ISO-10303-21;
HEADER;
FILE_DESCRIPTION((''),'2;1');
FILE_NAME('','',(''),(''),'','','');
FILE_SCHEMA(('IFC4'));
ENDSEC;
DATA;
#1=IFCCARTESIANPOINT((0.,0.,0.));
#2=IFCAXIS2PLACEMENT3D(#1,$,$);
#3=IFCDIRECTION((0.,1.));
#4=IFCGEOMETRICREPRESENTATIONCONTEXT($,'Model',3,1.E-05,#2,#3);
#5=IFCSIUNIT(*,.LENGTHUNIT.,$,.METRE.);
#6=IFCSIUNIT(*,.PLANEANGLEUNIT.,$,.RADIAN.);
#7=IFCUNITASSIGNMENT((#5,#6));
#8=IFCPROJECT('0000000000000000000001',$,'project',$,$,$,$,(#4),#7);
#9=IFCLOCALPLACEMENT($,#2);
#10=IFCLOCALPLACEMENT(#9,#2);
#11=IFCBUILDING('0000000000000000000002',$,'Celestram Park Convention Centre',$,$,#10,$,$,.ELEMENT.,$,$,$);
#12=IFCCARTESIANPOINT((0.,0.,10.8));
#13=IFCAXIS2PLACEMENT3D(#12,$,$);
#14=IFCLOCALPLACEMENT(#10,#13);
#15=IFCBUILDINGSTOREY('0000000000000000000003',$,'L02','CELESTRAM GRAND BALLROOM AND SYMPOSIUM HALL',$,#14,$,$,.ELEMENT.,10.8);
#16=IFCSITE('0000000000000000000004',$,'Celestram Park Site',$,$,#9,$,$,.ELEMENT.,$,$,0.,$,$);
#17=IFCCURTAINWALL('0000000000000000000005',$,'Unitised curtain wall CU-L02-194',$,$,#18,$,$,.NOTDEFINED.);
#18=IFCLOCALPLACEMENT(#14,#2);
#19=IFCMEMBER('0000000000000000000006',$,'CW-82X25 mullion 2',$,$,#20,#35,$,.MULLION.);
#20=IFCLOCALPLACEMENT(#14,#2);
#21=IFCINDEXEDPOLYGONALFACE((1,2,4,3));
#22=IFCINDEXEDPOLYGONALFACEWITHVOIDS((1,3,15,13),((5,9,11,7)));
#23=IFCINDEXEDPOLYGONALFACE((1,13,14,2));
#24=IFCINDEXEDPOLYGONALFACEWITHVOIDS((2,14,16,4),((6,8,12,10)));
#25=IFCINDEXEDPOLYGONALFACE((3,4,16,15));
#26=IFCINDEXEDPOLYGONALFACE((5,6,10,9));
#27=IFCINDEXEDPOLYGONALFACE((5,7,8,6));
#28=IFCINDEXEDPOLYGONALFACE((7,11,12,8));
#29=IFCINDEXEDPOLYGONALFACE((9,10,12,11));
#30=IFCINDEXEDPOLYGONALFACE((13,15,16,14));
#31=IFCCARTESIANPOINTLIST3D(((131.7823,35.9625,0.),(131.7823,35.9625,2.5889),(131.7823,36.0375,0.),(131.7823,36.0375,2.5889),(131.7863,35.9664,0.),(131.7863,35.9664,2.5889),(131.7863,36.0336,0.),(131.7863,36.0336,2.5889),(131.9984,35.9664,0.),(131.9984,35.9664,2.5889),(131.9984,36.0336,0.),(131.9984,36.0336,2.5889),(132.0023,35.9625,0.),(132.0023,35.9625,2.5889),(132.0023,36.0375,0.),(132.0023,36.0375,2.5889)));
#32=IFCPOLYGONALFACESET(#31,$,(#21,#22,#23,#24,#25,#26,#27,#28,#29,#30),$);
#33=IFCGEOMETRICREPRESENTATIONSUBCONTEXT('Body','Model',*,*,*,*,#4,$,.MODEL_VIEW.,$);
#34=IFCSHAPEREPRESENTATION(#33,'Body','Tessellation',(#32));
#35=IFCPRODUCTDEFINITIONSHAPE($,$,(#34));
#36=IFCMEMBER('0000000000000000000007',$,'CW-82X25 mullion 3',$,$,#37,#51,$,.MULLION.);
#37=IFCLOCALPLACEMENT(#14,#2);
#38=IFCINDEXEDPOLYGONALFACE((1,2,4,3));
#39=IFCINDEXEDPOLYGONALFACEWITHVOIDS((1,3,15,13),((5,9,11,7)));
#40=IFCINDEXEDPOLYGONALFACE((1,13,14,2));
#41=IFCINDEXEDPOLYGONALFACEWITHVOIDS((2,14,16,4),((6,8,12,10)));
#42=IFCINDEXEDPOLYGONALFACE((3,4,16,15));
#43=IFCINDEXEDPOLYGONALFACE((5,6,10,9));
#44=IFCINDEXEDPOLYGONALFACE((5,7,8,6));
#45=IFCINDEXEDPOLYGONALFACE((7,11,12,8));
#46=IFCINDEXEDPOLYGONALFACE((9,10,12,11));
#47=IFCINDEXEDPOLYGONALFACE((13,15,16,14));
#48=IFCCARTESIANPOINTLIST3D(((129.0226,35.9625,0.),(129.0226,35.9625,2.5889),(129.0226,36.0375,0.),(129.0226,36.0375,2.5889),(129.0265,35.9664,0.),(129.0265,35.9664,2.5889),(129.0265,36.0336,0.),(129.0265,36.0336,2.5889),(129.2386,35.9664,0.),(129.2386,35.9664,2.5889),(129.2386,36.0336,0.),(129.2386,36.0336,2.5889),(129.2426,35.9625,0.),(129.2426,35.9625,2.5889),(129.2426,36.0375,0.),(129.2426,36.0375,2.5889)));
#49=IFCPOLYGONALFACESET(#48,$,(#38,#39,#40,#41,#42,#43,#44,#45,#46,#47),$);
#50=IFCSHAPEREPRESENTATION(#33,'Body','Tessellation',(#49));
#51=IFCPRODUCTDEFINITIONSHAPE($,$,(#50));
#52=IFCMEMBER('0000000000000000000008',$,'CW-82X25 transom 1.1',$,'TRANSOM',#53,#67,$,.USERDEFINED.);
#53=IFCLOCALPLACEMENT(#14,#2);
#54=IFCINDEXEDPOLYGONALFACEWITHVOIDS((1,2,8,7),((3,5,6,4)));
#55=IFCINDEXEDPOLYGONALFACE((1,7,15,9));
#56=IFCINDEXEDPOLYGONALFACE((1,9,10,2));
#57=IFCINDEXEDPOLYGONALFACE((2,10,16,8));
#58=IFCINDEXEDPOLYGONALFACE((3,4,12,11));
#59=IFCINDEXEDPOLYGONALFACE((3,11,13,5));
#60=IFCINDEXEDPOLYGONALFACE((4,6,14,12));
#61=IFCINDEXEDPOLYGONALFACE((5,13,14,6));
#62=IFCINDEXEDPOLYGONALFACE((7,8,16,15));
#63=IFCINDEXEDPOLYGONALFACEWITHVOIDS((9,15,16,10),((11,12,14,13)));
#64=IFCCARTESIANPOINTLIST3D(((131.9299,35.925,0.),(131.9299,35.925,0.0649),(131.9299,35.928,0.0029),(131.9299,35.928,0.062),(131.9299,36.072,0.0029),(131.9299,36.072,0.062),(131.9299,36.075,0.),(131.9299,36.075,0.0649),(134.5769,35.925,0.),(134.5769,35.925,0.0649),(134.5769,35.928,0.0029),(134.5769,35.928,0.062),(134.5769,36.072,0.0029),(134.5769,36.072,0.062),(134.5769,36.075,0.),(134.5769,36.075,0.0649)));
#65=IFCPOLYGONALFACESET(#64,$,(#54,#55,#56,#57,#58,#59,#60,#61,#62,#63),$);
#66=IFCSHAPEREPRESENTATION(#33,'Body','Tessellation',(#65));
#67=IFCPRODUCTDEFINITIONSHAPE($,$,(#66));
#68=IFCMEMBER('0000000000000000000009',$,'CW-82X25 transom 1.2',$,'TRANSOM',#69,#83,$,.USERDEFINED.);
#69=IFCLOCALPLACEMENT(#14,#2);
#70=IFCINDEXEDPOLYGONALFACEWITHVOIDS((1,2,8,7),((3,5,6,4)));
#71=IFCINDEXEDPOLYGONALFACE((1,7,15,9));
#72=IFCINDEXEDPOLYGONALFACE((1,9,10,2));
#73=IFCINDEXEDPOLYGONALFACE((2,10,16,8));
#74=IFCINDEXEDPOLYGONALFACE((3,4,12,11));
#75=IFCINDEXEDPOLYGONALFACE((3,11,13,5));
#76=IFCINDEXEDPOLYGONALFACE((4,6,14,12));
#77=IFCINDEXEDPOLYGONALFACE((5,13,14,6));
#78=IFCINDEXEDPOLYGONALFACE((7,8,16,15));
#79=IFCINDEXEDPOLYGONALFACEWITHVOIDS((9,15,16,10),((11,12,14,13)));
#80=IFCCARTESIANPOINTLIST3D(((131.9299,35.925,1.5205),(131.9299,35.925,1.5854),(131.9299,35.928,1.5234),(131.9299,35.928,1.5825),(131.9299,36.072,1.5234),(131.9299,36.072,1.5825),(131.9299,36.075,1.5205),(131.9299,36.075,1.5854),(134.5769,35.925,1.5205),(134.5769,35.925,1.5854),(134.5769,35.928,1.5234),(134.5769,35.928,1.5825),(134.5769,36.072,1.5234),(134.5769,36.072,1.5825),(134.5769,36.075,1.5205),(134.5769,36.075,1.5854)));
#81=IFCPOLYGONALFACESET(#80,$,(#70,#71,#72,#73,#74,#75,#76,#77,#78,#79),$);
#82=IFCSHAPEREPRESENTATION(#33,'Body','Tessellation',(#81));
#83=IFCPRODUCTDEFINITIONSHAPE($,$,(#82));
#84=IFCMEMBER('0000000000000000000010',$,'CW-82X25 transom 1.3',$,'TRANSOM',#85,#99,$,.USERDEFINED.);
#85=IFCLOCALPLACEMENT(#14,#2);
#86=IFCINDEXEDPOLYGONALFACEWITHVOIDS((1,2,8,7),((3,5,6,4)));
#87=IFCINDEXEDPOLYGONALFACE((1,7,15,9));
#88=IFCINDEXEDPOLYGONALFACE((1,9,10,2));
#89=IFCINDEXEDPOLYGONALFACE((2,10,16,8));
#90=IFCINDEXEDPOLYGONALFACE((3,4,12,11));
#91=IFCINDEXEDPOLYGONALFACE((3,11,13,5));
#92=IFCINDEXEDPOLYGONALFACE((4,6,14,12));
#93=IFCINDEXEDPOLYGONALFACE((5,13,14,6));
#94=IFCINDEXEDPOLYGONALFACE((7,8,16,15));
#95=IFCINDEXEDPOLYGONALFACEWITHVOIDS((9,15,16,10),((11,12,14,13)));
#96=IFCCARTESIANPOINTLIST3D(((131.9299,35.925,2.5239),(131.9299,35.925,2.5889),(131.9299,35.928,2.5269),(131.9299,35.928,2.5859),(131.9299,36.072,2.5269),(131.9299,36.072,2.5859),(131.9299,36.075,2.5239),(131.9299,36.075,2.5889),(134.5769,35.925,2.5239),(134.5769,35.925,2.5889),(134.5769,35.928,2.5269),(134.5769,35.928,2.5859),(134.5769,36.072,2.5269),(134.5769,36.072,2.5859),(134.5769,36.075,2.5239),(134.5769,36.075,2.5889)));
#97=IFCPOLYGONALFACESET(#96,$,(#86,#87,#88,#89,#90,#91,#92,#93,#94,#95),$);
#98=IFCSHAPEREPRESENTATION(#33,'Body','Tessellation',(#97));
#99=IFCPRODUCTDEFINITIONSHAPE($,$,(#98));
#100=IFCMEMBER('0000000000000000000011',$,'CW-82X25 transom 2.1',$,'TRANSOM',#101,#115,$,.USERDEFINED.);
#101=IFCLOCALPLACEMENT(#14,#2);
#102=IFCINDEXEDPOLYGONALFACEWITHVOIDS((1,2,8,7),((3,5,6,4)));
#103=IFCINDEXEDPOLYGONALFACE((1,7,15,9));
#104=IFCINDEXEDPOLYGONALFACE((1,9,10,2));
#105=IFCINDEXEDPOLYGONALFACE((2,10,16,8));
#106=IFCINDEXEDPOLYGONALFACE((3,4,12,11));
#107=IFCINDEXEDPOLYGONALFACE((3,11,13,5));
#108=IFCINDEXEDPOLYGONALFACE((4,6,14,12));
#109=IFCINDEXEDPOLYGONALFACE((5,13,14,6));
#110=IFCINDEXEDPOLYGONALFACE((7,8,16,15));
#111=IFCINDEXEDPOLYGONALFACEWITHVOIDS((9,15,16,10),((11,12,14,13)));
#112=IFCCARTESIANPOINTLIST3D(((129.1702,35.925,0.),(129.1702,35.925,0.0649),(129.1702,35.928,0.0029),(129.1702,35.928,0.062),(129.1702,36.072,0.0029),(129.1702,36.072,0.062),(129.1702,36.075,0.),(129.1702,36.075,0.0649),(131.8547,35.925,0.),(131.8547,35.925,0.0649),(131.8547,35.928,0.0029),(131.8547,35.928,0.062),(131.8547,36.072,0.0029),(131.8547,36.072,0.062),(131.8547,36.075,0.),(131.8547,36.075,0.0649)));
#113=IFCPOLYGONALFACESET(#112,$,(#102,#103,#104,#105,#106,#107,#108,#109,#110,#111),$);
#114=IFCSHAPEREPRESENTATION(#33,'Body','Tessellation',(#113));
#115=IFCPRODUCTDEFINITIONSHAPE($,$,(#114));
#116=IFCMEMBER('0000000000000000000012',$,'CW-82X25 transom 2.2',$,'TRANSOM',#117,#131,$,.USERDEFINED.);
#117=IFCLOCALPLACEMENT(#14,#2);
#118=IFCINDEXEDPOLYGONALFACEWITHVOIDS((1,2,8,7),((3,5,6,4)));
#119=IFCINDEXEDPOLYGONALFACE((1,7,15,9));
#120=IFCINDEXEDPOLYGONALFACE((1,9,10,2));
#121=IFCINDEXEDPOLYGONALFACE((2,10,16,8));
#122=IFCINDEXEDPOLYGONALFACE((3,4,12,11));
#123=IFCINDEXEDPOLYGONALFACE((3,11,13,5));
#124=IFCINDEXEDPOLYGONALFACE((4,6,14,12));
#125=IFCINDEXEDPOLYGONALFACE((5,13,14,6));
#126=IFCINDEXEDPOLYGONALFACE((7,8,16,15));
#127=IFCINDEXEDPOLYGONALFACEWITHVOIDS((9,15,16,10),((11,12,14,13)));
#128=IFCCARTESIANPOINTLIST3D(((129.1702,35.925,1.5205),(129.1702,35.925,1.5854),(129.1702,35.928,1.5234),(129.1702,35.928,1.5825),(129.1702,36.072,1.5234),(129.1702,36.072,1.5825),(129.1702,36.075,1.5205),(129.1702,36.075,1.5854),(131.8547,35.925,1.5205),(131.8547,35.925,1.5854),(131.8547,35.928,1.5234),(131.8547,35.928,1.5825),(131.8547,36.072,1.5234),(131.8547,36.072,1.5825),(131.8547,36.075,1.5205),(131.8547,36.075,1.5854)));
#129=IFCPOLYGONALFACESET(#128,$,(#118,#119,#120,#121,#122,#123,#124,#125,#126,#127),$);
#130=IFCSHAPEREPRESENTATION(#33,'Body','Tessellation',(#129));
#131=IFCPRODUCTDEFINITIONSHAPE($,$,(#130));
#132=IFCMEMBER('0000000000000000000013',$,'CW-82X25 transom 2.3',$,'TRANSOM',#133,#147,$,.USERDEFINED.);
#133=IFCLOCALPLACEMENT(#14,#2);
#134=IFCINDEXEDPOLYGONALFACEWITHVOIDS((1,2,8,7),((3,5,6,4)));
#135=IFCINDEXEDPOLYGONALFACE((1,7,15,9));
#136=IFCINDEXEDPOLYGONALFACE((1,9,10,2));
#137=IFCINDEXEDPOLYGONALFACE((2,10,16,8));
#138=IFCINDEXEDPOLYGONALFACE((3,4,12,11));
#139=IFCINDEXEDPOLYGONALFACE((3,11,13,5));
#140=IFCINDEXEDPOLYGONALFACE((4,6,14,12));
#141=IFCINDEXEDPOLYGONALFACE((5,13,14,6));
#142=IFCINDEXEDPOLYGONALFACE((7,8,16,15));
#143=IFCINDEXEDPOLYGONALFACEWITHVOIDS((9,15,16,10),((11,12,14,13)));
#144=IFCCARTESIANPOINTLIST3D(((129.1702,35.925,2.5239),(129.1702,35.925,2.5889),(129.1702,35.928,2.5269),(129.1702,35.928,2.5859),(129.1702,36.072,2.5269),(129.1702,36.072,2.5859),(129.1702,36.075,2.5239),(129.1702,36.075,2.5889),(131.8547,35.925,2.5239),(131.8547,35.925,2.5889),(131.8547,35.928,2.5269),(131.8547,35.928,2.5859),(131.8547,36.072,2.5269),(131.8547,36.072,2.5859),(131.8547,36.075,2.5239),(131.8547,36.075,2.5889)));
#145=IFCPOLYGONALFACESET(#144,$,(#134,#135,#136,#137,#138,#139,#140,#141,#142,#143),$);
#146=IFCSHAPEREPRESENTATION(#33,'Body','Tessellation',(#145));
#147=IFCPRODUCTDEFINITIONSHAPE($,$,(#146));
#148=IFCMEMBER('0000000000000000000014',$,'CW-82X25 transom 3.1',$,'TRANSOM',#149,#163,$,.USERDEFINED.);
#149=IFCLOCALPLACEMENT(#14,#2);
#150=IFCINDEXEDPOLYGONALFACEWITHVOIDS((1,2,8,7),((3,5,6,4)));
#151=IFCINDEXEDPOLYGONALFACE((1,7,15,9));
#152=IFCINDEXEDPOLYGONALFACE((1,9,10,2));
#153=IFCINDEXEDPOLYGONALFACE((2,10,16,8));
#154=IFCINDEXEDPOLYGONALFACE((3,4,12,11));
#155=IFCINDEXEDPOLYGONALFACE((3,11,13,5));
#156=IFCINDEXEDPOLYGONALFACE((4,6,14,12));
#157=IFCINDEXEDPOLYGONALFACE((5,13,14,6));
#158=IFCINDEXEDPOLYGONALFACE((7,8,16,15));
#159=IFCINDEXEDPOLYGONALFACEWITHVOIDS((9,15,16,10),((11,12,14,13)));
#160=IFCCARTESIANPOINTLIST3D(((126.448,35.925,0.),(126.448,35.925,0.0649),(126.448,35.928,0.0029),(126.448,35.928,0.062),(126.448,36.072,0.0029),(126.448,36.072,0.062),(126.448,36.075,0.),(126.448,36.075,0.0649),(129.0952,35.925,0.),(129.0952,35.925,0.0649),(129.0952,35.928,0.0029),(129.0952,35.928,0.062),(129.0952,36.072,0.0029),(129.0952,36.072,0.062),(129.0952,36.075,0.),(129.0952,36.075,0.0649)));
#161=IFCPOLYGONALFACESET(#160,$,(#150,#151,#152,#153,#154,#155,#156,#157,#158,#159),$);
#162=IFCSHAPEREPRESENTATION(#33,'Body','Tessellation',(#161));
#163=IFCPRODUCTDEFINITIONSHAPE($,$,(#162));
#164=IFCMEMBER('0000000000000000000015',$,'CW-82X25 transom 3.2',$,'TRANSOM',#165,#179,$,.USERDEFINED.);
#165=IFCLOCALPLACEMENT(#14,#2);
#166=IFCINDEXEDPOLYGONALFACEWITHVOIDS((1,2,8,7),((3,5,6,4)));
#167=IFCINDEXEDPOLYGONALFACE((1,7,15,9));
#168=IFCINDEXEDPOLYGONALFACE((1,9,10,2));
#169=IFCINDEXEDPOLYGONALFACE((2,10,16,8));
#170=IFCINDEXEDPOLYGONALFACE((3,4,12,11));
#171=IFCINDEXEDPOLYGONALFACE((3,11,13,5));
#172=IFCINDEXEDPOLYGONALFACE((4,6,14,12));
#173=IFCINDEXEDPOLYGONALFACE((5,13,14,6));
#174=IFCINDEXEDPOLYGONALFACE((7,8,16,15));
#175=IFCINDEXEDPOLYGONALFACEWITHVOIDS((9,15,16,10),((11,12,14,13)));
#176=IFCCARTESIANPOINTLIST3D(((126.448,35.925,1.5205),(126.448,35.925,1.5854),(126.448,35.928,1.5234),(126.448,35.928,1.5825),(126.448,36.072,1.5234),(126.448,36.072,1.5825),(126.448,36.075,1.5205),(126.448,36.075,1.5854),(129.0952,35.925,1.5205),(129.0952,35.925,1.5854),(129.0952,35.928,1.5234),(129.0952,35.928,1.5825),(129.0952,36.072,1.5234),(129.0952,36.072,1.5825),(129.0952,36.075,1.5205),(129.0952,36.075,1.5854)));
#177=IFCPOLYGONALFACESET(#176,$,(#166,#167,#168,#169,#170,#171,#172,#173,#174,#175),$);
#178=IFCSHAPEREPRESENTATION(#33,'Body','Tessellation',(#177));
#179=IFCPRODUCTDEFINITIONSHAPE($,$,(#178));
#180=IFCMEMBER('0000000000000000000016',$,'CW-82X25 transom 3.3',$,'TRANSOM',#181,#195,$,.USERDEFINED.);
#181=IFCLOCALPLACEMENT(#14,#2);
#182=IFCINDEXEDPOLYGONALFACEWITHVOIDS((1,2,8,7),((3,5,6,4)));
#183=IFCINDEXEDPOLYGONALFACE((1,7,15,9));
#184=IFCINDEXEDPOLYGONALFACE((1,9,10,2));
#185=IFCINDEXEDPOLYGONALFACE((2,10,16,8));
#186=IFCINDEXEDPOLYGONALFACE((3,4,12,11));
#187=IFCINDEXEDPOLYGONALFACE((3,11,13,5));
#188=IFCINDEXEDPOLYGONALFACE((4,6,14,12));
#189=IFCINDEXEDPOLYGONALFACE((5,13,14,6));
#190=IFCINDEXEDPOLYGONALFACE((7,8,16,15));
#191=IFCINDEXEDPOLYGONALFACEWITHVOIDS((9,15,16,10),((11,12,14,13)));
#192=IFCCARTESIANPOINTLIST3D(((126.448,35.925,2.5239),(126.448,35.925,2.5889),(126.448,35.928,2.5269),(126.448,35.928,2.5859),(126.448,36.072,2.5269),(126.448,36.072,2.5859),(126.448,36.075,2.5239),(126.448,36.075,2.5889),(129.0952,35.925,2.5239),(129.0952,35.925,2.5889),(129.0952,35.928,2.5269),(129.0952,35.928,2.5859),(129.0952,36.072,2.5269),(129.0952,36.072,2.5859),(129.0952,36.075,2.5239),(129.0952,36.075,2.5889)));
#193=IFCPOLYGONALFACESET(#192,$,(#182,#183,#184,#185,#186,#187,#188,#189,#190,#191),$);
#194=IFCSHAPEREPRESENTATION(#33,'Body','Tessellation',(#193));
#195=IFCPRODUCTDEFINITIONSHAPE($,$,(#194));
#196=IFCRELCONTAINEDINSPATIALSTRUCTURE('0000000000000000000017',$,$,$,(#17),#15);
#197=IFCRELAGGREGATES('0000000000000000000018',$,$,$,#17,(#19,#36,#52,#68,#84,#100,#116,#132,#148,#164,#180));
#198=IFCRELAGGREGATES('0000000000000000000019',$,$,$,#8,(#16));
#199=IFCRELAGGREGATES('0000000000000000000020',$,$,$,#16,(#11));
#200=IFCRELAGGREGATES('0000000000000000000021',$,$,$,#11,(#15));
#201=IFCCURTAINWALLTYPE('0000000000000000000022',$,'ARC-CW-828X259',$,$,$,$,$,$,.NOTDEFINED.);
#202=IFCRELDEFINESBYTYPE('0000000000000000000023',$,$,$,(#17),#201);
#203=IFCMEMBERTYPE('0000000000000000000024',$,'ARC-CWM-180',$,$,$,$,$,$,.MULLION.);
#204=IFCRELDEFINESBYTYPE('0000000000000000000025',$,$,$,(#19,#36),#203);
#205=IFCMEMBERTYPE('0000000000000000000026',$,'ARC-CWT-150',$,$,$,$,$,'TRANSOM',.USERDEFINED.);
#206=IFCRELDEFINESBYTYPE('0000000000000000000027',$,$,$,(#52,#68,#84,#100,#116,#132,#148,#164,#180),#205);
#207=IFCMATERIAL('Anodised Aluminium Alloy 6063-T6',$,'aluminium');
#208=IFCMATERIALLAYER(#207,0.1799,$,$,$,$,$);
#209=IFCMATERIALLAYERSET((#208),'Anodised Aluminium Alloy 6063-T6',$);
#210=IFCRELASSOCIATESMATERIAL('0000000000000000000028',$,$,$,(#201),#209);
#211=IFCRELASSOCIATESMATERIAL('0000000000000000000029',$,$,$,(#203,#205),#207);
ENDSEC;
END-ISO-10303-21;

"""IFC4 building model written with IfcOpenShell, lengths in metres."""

from ifc_helpers import new_model, si_unit, direction, frame, origin, origin_2d, place, context, subcontext, project, spatial, hollow_rectangle, extrude, material, layer, layer_set, material_profile, profile_set, type_object, element, aggregate, save


model = new_model("IFC4")

# Units and contexts
model_context = context("Model", 3, precision=1e-05, world=origin(), true_north=direction((0.0, 1.0)))
body_context = subcontext(model_context, "Body", "Model", "MODEL_VIEW")
ifc_project = project(units=[si_unit("LENGTHUNIT", "METRE"), si_unit("PLANEANGLEUNIT", "RADIAN")], contexts=[model_context])

# Site, building, storey
site_placement = place(None, origin())
site = spatial("IfcSite", under=ifc_project, at=site_placement, Name="Celestram Park Site", CompositionType="ELEMENT", RefElevation=0.0)
building_placement = place(site_placement, origin())
building = spatial("IfcBuilding", under=site, at=building_placement, Name="Celestram Park Convention Centre", CompositionType="ELEMENT")
storey_placement = place(building_placement, frame((0.0, 0.0, 10.8)))
storey = spatial("IfcBuildingStorey", under=building, at=storey_placement, Name="L02", Description="CELESTRAM GRAND BALLROOM AND SYMPOSIUM HALL", CompositionType="ELEMENT", Elevation=10.8)

# Curtain wall, members
ifc_material_1 = material(Name="Anodised Aluminium Alloy 6063-T6", Category="aluminium")
ifc_layer_1 = layer(ifc_material_1, 0.1799)
ifc_layer_set_1 = layer_set([ifc_layer_1], Name="Anodised Aluminium Alloy 6063-T6")
curtain_wall_type = type_object("IfcCurtainWallType", Name="ARC-CW-828X259", PredefinedType="NOTDEFINED", material=ifc_layer_set_1)
curtain_wall_placement = place(storey_placement, origin())
curtain_wall = element("IfcCurtainWall", 1, at=curtain_wall_placement, inside=storey, type_object=curtain_wall_type, Name="Unitised curtain wall CU-L02-194", PredefinedType="NOTDEFINED")
ifc_material_profile_1 = material_profile(ifc_material_1, hollow_rectangle(XDim=0.075, YDim=0.22, WallThickness=0.0039, at=origin_2d()), Name="ALU75X220X4")
ifc_profile_set_1 = profile_set([ifc_material_profile_1], Name="Anodised Aluminium Alloy 6063-T6")
member_type_1 = type_object("IfcMemberType", Name="ARC-CWM-180", PredefinedType="MULLION", material=ifc_profile_set_1)
member_1_placement = place(storey_placement, frame((131.8923, 36.0, 0.0), z_axis=(0.0, 0.0, 1.0), x_axis=(0.0, -1.0, 0.0)))
member_1 = element("IfcMember", 2, at=member_1_placement, type_object=member_type_1, Name="CW-82X25 mullion 2", PredefinedType="MULLION", context=body_context, shape_type="SweptSolid", body=[
    extrude(hollow_rectangle(XDim=0.075, YDim=0.22, WallThickness=0.0039, at=origin_2d()), origin(), (0.0, 0.0, 1.0), 2.5889),
])
member_2_placement = place(storey_placement, frame((129.1326, 36.0, 0.0), z_axis=(0.0, 0.0, 1.0), x_axis=(0.0, -1.0, 0.0)))
member_2 = element("IfcMember", 3, at=member_2_placement, type_object=member_type_1, Name="CW-82X25 mullion 3", PredefinedType="MULLION", context=body_context, shape_type="SweptSolid", body=[
    extrude(hollow_rectangle(XDim=0.075, YDim=0.22, WallThickness=0.0039, at=origin_2d()), origin(), (0.0, 0.0, 1.0), 2.5889),
])
ifc_material_profile_2 = material_profile(ifc_material_1, hollow_rectangle(XDim=0.1499, YDim=0.0649, WallThickness=0.0029, at=origin_2d()), Name="ALU150X65X3")
ifc_profile_set_2 = profile_set([ifc_material_profile_2], Name="Anodised Aluminium Alloy 6063-T6")
member_type_2 = type_object("IfcMemberType", Name="ARC-CWT-150", ElementType="TRANSOM", PredefinedType="USERDEFINED", material=ifc_profile_set_2)
member_3_placement = place(storey_placement, frame((134.5769, 36.0, 0.0325), z_axis=(-1.0, 0.0, 0.0), x_axis=(0.0, -1.0, 0.0)))
member_3 = element("IfcMember", 4, at=member_3_placement, type_object=member_type_2, Name="CW-82X25 transom 1.1", ObjectType="TRANSOM", PredefinedType="USERDEFINED", context=body_context, shape_type="SweptSolid", body=[
    extrude(hollow_rectangle(XDim=0.1499, YDim=0.0649, WallThickness=0.0029, at=origin_2d()), origin(), (0.0, 0.0, 1.0), 2.647),
])
member_4_placement = place(storey_placement, frame((134.5769, 36.0, 1.553), z_axis=(-1.0, 0.0, 0.0), x_axis=(0.0, -1.0, 0.0)))
member_4 = element("IfcMember", 5, at=member_4_placement, type_object=member_type_2, Name="CW-82X25 transom 1.2", ObjectType="TRANSOM", PredefinedType="USERDEFINED", context=body_context, shape_type="SweptSolid", body=[
    extrude(hollow_rectangle(XDim=0.1499, YDim=0.0649, WallThickness=0.0029, at=origin_2d()), origin(), (0.0, 0.0, 1.0), 2.647),
])
member_5_placement = place(storey_placement, frame((134.5769, 36.0, 2.5564), z_axis=(-1.0, 0.0, 0.0), x_axis=(0.0, -1.0, 0.0)))
member_5 = element("IfcMember", 6, at=member_5_placement, type_object=member_type_2, Name="CW-82X25 transom 1.3", ObjectType="TRANSOM", PredefinedType="USERDEFINED", context=body_context, shape_type="SweptSolid", body=[
    extrude(hollow_rectangle(XDim=0.1499, YDim=0.0649, WallThickness=0.0029, at=origin_2d()), origin(), (0.0, 0.0, 1.0), 2.647),
])
member_6_placement = place(storey_placement, frame((131.8547, 36.0, 0.0325), z_axis=(-1.0, 0.0, 0.0), x_axis=(0.0, -1.0, 0.0)))
member_6 = element("IfcMember", 7, at=member_6_placement, type_object=member_type_2, Name="CW-82X25 transom 2.1", ObjectType="TRANSOM", PredefinedType="USERDEFINED", context=body_context, shape_type="SweptSolid", body=[
    extrude(hollow_rectangle(XDim=0.1499, YDim=0.0649, WallThickness=0.0029, at=origin_2d()), origin(), (0.0, 0.0, 1.0), 2.6846),
])
member_7_placement = place(storey_placement, frame((131.8547, 36.0, 1.553), z_axis=(-1.0, 0.0, 0.0), x_axis=(0.0, -1.0, 0.0)))
member_7 = element("IfcMember", 8, at=member_7_placement, type_object=member_type_2, Name="CW-82X25 transom 2.2", ObjectType="TRANSOM", PredefinedType="USERDEFINED", context=body_context, shape_type="SweptSolid", body=[
    extrude(hollow_rectangle(XDim=0.1499, YDim=0.0649, WallThickness=0.0029, at=origin_2d()), origin(), (0.0, 0.0, 1.0), 2.6846),
])
member_8_placement = place(storey_placement, frame((131.8547, 36.0, 2.5564), z_axis=(-1.0, 0.0, 0.0), x_axis=(0.0, -1.0, 0.0)))
member_8 = element("IfcMember", 9, at=member_8_placement, type_object=member_type_2, Name="CW-82X25 transom 2.3", ObjectType="TRANSOM", PredefinedType="USERDEFINED", context=body_context, shape_type="SweptSolid", body=[
    extrude(hollow_rectangle(XDim=0.1499, YDim=0.0649, WallThickness=0.0029, at=origin_2d()), origin(), (0.0, 0.0, 1.0), 2.6846),
])
member_9_placement = place(storey_placement, frame((129.0952, 36.0, 0.0325), z_axis=(-1.0, 0.0, 0.0), x_axis=(0.0, -1.0, 0.0)))
member_9 = element("IfcMember", 10, at=member_9_placement, type_object=member_type_2, Name="CW-82X25 transom 3.1", ObjectType="TRANSOM", PredefinedType="USERDEFINED", context=body_context, shape_type="SweptSolid", body=[
    extrude(hollow_rectangle(XDim=0.1499, YDim=0.0649, WallThickness=0.0029, at=origin_2d()), origin(), (0.0, 0.0, 1.0), 2.6472),
])
member_10_placement = place(storey_placement, frame((129.0952, 36.0, 1.553), z_axis=(-1.0, 0.0, 0.0), x_axis=(0.0, -1.0, 0.0)))
member_10 = element("IfcMember", 11, at=member_10_placement, type_object=member_type_2, Name="CW-82X25 transom 3.2", ObjectType="TRANSOM", PredefinedType="USERDEFINED", context=body_context, shape_type="SweptSolid", body=[
    extrude(hollow_rectangle(XDim=0.1499, YDim=0.0649, WallThickness=0.0029, at=origin_2d()), origin(), (0.0, 0.0, 1.0), 2.6472),
])
member_11_placement = place(storey_placement, frame((129.0952, 36.0, 2.5564), z_axis=(-1.0, 0.0, 0.0), x_axis=(0.0, -1.0, 0.0)))
member_11 = element("IfcMember", 12, at=member_11_placement, type_object=member_type_2, Name="CW-82X25 transom 3.3", ObjectType="TRANSOM", PredefinedType="USERDEFINED", context=body_context, shape_type="SweptSolid", body=[
    extrude(hollow_rectangle(XDim=0.1499, YDim=0.0649, WallThickness=0.0029, at=origin_2d()), origin(), (0.0, 0.0, 1.0), 2.6472),
])
aggregate(curtain_wall, [member_1, member_2, member_3, member_4, member_5, member_6, member_7, member_8, member_9, member_10, member_11])

save(model, "model.ifc")
